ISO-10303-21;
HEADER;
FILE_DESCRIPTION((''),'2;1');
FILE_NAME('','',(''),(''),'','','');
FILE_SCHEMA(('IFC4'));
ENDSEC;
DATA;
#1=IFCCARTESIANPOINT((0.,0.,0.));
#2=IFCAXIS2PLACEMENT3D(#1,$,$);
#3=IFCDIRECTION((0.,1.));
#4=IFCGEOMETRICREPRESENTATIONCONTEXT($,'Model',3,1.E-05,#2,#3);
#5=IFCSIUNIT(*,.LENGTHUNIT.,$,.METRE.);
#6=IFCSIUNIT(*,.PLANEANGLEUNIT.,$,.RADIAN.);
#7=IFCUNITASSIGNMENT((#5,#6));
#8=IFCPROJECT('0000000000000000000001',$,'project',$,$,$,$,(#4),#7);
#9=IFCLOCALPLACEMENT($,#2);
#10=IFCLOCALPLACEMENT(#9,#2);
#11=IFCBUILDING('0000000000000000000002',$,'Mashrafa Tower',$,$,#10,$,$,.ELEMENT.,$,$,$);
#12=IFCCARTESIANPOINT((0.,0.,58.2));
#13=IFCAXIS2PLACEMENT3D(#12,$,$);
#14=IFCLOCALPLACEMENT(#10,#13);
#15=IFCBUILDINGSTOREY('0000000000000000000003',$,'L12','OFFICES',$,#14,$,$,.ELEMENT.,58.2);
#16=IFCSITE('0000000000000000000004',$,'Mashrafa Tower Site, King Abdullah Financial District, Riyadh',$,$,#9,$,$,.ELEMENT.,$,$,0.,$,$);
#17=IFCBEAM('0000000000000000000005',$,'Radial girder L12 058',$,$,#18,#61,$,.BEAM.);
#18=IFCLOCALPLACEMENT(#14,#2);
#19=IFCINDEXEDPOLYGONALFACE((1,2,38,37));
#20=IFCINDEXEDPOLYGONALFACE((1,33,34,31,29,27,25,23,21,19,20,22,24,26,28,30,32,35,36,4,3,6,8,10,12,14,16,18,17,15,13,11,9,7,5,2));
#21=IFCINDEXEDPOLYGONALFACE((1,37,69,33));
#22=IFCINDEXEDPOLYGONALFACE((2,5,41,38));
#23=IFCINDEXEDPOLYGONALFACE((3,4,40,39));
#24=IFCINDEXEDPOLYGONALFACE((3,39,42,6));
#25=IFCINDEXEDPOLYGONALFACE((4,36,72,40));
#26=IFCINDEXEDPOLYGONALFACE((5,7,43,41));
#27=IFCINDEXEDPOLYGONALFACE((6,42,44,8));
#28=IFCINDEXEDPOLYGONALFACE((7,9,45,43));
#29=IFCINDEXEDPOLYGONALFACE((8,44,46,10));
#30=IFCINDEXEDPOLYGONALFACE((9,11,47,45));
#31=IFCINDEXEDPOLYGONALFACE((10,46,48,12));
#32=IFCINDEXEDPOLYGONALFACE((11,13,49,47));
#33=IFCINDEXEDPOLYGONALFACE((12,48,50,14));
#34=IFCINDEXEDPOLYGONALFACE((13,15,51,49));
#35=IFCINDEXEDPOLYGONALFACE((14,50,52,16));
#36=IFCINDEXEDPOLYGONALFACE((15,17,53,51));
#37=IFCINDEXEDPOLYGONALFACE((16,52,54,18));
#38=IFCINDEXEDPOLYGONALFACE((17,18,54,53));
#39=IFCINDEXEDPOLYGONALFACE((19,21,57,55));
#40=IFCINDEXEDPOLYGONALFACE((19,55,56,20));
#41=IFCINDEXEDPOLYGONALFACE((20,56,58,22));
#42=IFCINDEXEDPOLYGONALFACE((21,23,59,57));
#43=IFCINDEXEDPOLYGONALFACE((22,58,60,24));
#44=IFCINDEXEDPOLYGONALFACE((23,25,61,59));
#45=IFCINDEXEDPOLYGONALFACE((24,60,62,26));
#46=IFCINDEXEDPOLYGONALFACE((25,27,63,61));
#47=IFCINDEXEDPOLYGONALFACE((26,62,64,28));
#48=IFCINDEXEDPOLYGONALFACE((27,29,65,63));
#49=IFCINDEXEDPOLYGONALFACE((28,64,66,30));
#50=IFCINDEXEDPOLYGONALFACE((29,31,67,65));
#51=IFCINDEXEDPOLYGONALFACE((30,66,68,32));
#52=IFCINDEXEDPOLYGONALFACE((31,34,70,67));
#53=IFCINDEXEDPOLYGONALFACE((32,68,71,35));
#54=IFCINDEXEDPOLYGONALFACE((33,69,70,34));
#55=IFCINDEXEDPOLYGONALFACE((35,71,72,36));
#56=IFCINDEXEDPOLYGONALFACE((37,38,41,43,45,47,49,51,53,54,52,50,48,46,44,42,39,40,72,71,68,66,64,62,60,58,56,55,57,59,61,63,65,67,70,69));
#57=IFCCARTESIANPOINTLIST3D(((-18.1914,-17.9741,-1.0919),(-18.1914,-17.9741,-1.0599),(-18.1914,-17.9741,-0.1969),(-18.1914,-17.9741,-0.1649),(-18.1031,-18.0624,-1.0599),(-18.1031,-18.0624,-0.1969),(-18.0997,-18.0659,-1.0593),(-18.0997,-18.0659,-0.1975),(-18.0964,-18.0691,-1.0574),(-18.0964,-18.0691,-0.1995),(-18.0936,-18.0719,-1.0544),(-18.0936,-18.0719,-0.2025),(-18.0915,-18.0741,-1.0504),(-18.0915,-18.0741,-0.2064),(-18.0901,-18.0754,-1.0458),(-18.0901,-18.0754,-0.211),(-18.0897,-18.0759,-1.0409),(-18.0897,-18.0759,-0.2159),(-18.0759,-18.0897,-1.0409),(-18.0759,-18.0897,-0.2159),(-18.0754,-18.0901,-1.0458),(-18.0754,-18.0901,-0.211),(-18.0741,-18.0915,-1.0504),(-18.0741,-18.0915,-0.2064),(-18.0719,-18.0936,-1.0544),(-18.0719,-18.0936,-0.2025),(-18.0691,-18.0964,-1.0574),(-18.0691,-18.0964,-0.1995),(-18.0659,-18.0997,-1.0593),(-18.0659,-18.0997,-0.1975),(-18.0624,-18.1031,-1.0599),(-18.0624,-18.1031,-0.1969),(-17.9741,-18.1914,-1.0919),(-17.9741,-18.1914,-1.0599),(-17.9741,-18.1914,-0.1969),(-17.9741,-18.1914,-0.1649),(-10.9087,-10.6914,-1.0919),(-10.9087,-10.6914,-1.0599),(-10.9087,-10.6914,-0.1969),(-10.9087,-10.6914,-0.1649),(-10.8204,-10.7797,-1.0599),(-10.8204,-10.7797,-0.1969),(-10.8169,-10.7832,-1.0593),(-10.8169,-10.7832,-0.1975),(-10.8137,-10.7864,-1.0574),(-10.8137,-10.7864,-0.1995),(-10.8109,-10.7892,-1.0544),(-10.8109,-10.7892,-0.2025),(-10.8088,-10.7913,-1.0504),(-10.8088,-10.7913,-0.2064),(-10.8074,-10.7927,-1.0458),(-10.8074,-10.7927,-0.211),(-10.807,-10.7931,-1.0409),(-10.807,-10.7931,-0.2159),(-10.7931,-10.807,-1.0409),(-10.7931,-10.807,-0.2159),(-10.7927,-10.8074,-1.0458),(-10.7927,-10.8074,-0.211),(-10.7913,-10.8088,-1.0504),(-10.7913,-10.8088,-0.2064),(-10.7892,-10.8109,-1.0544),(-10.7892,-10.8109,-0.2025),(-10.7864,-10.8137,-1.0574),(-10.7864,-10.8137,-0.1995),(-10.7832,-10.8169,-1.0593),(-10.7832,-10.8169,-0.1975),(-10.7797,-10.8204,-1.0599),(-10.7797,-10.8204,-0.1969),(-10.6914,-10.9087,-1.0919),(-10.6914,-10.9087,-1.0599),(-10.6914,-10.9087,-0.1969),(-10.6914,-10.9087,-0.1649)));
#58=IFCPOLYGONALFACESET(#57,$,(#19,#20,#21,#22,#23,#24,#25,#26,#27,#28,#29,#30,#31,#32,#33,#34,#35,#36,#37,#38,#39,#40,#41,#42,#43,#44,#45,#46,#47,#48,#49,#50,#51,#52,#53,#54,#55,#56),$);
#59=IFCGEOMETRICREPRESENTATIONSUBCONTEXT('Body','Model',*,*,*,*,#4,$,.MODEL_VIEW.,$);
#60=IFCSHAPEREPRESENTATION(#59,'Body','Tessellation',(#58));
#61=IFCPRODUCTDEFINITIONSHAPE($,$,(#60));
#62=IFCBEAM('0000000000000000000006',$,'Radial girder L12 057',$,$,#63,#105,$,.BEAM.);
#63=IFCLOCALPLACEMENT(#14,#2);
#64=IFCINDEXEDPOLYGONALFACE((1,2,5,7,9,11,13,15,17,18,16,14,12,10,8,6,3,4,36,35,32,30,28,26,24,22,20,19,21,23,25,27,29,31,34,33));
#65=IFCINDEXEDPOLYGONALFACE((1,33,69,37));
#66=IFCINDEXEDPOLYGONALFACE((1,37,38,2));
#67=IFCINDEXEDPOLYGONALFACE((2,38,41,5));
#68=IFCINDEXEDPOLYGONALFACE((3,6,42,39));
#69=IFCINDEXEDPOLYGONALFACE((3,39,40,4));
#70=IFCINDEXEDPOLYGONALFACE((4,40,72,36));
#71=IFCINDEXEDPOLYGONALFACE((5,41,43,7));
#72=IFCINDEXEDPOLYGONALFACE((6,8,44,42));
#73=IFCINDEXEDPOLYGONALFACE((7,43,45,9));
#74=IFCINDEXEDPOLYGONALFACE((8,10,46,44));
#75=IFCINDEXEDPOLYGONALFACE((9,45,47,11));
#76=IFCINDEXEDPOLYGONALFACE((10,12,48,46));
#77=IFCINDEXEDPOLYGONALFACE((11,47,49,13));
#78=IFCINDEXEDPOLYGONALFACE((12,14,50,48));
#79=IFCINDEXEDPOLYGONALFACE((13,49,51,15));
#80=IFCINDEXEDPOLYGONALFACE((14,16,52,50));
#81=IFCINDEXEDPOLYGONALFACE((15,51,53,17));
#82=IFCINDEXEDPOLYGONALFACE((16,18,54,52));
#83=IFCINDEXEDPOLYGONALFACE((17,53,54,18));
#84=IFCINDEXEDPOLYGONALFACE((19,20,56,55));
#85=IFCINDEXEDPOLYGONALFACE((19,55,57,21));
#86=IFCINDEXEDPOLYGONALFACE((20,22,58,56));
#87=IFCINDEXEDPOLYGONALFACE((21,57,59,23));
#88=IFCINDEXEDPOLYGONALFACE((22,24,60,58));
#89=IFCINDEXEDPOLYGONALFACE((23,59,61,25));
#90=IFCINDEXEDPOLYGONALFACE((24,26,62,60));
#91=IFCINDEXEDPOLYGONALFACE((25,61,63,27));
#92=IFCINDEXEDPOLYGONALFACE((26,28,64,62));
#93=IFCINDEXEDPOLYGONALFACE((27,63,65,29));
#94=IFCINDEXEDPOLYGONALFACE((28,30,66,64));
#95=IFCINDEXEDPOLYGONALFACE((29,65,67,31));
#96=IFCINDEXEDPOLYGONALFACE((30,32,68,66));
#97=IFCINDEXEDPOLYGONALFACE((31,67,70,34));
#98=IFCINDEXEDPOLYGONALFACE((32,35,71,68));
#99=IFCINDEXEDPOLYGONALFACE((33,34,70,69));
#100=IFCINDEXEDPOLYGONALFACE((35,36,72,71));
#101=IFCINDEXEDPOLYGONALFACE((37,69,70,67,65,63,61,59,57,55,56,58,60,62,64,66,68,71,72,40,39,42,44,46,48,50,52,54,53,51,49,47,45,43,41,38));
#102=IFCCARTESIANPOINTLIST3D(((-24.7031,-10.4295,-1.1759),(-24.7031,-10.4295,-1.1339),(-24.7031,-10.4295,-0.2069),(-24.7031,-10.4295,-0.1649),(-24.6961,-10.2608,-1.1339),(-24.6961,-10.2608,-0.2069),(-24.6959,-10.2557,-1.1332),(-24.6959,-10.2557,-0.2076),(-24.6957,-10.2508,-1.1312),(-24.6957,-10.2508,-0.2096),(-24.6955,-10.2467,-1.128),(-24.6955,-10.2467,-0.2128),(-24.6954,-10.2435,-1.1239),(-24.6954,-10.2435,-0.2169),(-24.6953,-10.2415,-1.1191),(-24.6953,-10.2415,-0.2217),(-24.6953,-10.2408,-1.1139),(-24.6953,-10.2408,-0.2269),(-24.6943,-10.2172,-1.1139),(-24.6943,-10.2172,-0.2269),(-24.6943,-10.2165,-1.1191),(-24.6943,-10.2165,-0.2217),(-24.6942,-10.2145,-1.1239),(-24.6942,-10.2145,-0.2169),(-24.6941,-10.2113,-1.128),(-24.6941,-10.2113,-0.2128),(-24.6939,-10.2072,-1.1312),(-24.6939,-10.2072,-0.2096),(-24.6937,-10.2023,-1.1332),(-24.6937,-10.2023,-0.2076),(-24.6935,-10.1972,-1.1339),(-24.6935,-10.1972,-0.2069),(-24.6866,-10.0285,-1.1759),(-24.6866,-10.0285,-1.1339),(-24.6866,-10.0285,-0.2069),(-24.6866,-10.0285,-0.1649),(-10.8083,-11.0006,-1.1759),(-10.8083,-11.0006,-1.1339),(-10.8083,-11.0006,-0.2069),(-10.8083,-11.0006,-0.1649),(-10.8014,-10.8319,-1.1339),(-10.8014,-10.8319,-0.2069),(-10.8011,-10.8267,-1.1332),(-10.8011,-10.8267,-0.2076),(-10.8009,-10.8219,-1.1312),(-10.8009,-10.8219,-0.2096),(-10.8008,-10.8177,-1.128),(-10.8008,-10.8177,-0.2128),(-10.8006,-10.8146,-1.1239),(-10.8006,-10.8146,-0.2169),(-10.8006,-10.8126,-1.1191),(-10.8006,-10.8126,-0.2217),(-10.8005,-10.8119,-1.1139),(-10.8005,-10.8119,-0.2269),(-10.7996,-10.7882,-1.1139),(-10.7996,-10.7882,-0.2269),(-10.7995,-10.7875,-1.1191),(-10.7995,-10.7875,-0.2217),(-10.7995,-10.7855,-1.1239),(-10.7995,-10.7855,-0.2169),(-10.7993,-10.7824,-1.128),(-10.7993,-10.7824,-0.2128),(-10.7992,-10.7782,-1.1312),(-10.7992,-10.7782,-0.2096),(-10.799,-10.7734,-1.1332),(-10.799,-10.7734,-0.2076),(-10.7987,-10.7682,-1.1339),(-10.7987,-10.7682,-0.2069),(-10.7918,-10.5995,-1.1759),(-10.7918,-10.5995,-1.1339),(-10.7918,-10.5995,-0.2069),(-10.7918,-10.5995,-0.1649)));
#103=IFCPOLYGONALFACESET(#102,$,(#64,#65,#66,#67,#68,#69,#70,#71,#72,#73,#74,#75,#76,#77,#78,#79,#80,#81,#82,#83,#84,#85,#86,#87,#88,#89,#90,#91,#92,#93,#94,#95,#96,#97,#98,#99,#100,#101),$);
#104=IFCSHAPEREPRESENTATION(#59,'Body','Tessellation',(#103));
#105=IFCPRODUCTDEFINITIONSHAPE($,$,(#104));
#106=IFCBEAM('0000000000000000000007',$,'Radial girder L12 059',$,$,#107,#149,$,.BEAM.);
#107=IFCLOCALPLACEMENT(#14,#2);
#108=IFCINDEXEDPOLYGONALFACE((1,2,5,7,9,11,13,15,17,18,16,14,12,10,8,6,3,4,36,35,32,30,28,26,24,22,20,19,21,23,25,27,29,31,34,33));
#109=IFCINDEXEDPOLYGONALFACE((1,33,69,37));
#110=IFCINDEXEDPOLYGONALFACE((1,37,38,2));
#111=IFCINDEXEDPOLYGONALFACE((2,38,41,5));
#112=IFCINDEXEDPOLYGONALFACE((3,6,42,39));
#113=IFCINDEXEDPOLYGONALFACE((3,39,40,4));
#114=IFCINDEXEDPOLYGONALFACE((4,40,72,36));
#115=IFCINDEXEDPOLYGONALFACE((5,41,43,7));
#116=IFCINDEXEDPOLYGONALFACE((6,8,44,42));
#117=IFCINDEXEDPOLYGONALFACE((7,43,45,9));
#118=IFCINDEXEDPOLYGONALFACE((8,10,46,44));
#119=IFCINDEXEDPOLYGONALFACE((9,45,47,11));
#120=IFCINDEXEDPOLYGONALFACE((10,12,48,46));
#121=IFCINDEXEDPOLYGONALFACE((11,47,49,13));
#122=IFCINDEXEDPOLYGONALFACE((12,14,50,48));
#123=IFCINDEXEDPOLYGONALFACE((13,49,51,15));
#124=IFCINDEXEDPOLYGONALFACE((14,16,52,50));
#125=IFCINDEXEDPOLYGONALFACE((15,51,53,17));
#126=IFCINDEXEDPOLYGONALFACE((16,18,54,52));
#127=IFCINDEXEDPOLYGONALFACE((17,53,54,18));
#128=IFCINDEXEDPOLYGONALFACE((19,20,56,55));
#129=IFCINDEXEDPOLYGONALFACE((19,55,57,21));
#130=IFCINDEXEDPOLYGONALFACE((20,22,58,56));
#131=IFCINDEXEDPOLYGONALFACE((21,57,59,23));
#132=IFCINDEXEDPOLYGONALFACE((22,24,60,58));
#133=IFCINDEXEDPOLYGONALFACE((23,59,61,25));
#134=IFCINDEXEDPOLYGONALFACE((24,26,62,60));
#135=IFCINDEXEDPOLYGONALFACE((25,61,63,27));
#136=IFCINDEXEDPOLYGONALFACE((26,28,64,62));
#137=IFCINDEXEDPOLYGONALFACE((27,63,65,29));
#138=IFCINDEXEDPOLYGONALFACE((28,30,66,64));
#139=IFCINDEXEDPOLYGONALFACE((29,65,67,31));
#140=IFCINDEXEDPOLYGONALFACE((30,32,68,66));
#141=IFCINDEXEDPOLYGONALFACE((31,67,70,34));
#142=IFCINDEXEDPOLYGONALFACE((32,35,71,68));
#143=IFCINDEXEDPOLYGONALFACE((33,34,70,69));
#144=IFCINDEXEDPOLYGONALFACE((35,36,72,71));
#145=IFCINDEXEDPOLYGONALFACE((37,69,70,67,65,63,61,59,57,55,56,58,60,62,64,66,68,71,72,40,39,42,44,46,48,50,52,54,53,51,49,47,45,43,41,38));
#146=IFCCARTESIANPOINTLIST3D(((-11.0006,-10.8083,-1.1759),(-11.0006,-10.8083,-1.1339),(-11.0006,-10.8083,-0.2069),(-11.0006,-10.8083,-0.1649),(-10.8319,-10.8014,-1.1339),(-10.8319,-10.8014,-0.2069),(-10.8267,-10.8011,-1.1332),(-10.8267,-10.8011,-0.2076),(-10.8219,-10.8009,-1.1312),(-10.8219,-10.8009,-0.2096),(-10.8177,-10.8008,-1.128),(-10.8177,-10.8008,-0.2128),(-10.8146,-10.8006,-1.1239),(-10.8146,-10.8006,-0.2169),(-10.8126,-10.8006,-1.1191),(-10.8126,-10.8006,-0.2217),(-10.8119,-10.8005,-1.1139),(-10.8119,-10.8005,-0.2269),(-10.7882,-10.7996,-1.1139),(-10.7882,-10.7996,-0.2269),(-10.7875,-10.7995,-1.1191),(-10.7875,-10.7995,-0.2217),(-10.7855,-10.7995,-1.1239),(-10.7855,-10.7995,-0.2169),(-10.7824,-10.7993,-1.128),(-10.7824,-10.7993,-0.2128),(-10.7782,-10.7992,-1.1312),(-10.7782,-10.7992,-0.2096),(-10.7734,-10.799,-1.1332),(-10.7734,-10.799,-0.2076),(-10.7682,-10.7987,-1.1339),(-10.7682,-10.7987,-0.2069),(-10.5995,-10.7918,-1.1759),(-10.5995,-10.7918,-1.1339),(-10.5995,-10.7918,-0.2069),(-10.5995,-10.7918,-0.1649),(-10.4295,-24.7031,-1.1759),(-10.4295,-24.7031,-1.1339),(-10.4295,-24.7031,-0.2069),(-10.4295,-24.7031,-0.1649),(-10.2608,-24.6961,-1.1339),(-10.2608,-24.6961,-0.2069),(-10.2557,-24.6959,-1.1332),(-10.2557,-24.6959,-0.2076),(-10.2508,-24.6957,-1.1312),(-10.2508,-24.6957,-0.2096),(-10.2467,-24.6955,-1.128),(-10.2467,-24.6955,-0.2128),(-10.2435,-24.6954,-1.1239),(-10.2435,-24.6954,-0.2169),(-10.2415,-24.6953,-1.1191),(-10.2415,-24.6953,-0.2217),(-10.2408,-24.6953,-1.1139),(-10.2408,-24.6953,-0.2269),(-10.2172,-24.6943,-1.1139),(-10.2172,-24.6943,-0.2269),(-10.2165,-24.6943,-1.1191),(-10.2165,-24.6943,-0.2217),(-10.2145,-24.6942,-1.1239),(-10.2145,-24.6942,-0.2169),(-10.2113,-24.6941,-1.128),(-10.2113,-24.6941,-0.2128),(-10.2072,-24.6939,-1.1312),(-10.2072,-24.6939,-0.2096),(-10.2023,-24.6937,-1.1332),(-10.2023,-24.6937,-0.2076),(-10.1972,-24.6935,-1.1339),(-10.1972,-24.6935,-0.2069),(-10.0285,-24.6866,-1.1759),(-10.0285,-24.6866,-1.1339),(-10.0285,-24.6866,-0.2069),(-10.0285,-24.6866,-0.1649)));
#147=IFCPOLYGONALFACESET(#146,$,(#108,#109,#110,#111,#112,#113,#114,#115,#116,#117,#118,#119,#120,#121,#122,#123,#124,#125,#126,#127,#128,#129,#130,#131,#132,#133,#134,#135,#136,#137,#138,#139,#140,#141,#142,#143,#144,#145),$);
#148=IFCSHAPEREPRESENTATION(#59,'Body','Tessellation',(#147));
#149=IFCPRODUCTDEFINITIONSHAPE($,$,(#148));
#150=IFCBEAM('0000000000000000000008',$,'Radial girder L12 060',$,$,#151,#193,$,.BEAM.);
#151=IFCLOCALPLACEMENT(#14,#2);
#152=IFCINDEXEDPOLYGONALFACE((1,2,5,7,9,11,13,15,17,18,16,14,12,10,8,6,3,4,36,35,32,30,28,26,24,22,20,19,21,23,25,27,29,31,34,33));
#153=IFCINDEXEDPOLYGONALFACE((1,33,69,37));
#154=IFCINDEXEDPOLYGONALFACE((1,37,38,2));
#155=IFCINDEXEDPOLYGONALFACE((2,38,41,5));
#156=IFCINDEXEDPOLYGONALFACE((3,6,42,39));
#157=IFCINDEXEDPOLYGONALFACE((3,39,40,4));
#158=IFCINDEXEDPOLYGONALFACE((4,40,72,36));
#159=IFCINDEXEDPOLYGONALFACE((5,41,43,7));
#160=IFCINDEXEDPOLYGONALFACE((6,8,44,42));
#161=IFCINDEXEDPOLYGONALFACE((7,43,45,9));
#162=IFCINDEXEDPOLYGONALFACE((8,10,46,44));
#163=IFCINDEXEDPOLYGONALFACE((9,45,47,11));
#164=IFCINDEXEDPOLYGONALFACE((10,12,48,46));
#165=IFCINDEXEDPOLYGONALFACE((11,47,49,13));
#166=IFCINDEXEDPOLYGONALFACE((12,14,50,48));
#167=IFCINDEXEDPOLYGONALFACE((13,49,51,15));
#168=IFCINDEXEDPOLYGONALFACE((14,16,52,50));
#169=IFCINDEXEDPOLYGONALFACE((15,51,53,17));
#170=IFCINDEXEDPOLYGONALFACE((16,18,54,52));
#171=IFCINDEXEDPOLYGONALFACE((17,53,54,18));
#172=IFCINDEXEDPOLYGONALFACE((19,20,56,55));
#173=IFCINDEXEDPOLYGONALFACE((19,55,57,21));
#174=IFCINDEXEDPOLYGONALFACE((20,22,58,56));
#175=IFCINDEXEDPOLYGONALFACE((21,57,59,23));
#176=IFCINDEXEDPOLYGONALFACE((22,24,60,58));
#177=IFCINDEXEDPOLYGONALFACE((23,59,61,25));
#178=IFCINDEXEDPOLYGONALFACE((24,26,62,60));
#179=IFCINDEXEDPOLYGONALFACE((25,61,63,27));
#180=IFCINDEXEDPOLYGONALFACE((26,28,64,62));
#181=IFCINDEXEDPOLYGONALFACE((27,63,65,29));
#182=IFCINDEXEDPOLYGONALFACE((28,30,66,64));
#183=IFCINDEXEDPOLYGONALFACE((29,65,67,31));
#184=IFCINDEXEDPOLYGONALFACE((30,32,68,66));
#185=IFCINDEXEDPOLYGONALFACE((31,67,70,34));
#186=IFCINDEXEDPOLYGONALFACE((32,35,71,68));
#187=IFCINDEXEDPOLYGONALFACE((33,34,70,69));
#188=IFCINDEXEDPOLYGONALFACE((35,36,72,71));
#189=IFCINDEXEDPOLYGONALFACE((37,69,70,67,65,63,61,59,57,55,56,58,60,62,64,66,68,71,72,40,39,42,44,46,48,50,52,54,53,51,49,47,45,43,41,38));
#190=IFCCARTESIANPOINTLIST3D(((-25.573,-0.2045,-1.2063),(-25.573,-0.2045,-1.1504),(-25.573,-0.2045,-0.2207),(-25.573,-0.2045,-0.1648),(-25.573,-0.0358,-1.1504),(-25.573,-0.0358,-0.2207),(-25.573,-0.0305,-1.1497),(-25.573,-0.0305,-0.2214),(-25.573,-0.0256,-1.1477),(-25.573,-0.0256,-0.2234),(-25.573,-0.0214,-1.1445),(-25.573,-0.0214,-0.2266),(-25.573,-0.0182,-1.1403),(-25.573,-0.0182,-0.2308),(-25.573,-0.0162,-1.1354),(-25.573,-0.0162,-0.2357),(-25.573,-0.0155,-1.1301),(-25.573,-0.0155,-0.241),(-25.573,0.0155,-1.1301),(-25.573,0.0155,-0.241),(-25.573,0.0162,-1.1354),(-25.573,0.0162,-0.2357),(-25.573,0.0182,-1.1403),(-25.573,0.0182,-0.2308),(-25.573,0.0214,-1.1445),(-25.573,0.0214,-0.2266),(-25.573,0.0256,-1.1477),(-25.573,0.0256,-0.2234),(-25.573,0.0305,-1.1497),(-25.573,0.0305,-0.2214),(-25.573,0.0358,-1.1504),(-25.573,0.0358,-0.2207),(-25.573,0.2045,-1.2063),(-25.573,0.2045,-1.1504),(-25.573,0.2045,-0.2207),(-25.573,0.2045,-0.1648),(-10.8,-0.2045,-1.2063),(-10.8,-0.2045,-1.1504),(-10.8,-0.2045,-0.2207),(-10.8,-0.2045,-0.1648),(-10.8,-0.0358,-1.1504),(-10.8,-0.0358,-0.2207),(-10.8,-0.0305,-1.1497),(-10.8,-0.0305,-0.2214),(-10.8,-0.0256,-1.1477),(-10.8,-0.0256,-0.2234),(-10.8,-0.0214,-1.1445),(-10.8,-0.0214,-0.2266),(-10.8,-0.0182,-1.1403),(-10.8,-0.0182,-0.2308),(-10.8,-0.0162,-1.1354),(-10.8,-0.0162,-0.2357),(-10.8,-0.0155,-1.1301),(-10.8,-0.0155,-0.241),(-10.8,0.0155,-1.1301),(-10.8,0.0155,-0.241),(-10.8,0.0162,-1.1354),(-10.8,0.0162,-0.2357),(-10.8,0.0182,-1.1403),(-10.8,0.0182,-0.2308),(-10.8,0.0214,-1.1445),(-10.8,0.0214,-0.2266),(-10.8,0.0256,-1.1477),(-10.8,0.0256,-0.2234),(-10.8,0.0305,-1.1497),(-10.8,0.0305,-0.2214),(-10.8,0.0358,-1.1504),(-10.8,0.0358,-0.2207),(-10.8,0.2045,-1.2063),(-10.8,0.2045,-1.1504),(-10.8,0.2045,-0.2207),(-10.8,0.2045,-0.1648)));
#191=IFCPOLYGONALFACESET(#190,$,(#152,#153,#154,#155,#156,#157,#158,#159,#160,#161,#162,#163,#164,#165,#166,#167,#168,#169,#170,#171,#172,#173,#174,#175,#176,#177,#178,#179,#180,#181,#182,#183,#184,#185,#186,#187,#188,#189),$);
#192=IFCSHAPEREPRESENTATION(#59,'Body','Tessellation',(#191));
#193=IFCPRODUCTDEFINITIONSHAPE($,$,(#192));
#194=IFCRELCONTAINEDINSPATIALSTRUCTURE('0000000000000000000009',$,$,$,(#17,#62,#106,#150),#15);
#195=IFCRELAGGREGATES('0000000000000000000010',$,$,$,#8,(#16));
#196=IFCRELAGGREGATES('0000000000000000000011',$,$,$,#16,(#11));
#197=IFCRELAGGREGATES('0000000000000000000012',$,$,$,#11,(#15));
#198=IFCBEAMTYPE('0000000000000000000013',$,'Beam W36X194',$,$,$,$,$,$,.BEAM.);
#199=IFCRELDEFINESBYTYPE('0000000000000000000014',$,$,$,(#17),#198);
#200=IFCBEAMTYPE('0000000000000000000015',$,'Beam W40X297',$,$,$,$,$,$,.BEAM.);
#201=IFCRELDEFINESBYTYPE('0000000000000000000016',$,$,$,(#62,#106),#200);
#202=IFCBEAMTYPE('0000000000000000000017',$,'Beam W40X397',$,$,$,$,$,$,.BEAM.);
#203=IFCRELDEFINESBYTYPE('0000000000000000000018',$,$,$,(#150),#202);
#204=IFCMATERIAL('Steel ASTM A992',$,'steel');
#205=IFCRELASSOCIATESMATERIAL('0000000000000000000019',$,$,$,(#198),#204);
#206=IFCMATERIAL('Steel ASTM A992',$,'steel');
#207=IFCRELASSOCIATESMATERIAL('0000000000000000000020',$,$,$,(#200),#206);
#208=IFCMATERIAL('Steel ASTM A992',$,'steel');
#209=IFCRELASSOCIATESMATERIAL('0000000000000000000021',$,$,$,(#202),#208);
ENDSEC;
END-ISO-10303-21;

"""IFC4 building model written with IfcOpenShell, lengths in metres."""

from ifc_helpers import new_model, si_unit, direction, frame, origin, origin_2d, place, context, subcontext, project, spatial, i_section, extrude, material, material_profile, profile_set, type_object, element, save


model = new_model("IFC4")

# Units and contexts
model_context = context("Model", 3, precision=1e-05, world=origin(), true_north=direction((0.0, 1.0)))
body_context = subcontext(model_context, "Body", "Model", "MODEL_VIEW")
ifc_project = project(units=[si_unit("LENGTHUNIT", "METRE"), si_unit("PLANEANGLEUNIT", "RADIAN")], contexts=[model_context])

# Site, building, storey
site_placement = place(None, origin())
site = spatial("IfcSite", under=ifc_project, at=site_placement, Name="Mashrafa Tower Site, King Abdullah Financial District, Riyadh", CompositionType="ELEMENT", RefElevation=0.0)
building_placement = place(site_placement, origin())
building = spatial("IfcBuilding", under=site, at=building_placement, Name="Mashrafa Tower", CompositionType="ELEMENT")
storey_placement = place(building_placement, frame((0.0, 0.0, 58.2)))
storey = spatial("IfcBuildingStorey", under=building, at=storey_placement, Name="L12", Description="OFFICES", CompositionType="ELEMENT", Elevation=58.2)

# Beams
ifc_material_1 = material(Name="Steel ASTM A992", Category="steel")
ifc_material_profile_1 = material_profile(ifc_material_1, i_section(OverallWidth=0.3074, OverallDepth=0.927, WebThickness=0.0195, FlangeThickness=0.032, FilletRadius=0.019, at=origin_2d()), Name="W36X194")
ifc_profile_set_1 = profile_set([ifc_material_profile_1], Name="Steel ASTM A992")
beam_type_1 = type_object("IfcBeamType", Name="Beam W36X194", PredefinedType="BEAM", material=ifc_profile_set_1)
beam_1_placement = place(storey_placement, frame((-10.8, -10.8, -0.6284), z_axis=(-0.707107, -0.707107, 0.0), x_axis=(0.707107, -0.707107, 0.0)))
element("IfcBeam", 1, at=beam_1_placement, inside=storey, type_object=beam_type_1, Name="Radial girder L12 058", PredefinedType="BEAM", context=body_context, shape_type="SweptSolid", body=[
    extrude(i_section(OverallWidth=0.3074, OverallDepth=0.927, WebThickness=0.0195, FlangeThickness=0.032, FilletRadius=0.019, at=origin_2d()), origin(), (0.0, 0.0, 1.0), 10.2993),
])
ifc_material_2 = material(Name="Steel ASTM A992", Category="steel")
ifc_material_profile_2 = material_profile(ifc_material_2, i_section(OverallWidth=0.4014, OverallDepth=1.011, WebThickness=0.0237, FlangeThickness=0.042, FilletRadius=0.02, at=origin_2d()), Name="W40X297")
ifc_profile_set_2 = profile_set([ifc_material_profile_2], Name="Steel ASTM A992")
beam_type_2 = type_object("IfcBeamType", Name="Beam W40X297", PredefinedType="BEAM", material=ifc_profile_set_2)
for number, where, z_axis, x_axis, name in (
    (2, (-10.8, -10.8, -0.6704), (-0.999157, 0.041063, 0.0), (-0.041063, -0.999157, 0.0), "Radial girder L12 057"),
    (3, (-10.8, -10.8, -0.6704), (0.041063, -0.999157, 0.0), (0.999157, 0.041063, 0.0), "Radial girder L12 059"),
):
    element("IfcBeam", number, at=place(storey_placement, frame(where, z_axis=z_axis, x_axis=x_axis)), inside=storey, type_object=beam_type_2, Name=name, PredefinedType="BEAM", context=body_context, shape_type="SweptSolid", body=[
        extrude(i_section(OverallWidth=0.4014, OverallDepth=1.011, WebThickness=0.0237, FlangeThickness=0.042, FilletRadius=0.02, at=origin_2d()), origin(), (0.0, 0.0, 1.0), 13.9065),
    ])
ifc_material_3 = material(Name="Steel ASTM A992", Category="steel")
ifc_material_profile_3 = material_profile(ifc_material_3, i_section(OverallWidth=0.4089, OverallDepth=1.0415, WebThickness=0.031, FlangeThickness=0.0559, FilletRadius=0.0203, at=origin_2d()), Name="W40X397")
ifc_profile_set_3 = profile_set([ifc_material_profile_3], Name="Steel ASTM A992")
beam_type_3 = type_object("IfcBeamType", Name="Beam W40X397", PredefinedType="BEAM", material=ifc_profile_set_3)
beam_2_placement = place(storey_placement, frame((-10.8, 0.0, -0.6855), z_axis=(-1.0, 0.0, 0.0), x_axis=(0.0, -1.0, 0.0)))
element("IfcBeam", 4, at=beam_2_placement, inside=storey, type_object=beam_type_3, Name="Radial girder L12 060", PredefinedType="BEAM", context=body_context, shape_type="SweptSolid", body=[
    extrude(i_section(OverallWidth=0.4089, OverallDepth=1.0415, WebThickness=0.031, FlangeThickness=0.0559, FilletRadius=0.0203, at=origin_2d()), origin(), (0.0, 0.0, 1.0), 14.7729),
])

save(model, "model.ifc")
